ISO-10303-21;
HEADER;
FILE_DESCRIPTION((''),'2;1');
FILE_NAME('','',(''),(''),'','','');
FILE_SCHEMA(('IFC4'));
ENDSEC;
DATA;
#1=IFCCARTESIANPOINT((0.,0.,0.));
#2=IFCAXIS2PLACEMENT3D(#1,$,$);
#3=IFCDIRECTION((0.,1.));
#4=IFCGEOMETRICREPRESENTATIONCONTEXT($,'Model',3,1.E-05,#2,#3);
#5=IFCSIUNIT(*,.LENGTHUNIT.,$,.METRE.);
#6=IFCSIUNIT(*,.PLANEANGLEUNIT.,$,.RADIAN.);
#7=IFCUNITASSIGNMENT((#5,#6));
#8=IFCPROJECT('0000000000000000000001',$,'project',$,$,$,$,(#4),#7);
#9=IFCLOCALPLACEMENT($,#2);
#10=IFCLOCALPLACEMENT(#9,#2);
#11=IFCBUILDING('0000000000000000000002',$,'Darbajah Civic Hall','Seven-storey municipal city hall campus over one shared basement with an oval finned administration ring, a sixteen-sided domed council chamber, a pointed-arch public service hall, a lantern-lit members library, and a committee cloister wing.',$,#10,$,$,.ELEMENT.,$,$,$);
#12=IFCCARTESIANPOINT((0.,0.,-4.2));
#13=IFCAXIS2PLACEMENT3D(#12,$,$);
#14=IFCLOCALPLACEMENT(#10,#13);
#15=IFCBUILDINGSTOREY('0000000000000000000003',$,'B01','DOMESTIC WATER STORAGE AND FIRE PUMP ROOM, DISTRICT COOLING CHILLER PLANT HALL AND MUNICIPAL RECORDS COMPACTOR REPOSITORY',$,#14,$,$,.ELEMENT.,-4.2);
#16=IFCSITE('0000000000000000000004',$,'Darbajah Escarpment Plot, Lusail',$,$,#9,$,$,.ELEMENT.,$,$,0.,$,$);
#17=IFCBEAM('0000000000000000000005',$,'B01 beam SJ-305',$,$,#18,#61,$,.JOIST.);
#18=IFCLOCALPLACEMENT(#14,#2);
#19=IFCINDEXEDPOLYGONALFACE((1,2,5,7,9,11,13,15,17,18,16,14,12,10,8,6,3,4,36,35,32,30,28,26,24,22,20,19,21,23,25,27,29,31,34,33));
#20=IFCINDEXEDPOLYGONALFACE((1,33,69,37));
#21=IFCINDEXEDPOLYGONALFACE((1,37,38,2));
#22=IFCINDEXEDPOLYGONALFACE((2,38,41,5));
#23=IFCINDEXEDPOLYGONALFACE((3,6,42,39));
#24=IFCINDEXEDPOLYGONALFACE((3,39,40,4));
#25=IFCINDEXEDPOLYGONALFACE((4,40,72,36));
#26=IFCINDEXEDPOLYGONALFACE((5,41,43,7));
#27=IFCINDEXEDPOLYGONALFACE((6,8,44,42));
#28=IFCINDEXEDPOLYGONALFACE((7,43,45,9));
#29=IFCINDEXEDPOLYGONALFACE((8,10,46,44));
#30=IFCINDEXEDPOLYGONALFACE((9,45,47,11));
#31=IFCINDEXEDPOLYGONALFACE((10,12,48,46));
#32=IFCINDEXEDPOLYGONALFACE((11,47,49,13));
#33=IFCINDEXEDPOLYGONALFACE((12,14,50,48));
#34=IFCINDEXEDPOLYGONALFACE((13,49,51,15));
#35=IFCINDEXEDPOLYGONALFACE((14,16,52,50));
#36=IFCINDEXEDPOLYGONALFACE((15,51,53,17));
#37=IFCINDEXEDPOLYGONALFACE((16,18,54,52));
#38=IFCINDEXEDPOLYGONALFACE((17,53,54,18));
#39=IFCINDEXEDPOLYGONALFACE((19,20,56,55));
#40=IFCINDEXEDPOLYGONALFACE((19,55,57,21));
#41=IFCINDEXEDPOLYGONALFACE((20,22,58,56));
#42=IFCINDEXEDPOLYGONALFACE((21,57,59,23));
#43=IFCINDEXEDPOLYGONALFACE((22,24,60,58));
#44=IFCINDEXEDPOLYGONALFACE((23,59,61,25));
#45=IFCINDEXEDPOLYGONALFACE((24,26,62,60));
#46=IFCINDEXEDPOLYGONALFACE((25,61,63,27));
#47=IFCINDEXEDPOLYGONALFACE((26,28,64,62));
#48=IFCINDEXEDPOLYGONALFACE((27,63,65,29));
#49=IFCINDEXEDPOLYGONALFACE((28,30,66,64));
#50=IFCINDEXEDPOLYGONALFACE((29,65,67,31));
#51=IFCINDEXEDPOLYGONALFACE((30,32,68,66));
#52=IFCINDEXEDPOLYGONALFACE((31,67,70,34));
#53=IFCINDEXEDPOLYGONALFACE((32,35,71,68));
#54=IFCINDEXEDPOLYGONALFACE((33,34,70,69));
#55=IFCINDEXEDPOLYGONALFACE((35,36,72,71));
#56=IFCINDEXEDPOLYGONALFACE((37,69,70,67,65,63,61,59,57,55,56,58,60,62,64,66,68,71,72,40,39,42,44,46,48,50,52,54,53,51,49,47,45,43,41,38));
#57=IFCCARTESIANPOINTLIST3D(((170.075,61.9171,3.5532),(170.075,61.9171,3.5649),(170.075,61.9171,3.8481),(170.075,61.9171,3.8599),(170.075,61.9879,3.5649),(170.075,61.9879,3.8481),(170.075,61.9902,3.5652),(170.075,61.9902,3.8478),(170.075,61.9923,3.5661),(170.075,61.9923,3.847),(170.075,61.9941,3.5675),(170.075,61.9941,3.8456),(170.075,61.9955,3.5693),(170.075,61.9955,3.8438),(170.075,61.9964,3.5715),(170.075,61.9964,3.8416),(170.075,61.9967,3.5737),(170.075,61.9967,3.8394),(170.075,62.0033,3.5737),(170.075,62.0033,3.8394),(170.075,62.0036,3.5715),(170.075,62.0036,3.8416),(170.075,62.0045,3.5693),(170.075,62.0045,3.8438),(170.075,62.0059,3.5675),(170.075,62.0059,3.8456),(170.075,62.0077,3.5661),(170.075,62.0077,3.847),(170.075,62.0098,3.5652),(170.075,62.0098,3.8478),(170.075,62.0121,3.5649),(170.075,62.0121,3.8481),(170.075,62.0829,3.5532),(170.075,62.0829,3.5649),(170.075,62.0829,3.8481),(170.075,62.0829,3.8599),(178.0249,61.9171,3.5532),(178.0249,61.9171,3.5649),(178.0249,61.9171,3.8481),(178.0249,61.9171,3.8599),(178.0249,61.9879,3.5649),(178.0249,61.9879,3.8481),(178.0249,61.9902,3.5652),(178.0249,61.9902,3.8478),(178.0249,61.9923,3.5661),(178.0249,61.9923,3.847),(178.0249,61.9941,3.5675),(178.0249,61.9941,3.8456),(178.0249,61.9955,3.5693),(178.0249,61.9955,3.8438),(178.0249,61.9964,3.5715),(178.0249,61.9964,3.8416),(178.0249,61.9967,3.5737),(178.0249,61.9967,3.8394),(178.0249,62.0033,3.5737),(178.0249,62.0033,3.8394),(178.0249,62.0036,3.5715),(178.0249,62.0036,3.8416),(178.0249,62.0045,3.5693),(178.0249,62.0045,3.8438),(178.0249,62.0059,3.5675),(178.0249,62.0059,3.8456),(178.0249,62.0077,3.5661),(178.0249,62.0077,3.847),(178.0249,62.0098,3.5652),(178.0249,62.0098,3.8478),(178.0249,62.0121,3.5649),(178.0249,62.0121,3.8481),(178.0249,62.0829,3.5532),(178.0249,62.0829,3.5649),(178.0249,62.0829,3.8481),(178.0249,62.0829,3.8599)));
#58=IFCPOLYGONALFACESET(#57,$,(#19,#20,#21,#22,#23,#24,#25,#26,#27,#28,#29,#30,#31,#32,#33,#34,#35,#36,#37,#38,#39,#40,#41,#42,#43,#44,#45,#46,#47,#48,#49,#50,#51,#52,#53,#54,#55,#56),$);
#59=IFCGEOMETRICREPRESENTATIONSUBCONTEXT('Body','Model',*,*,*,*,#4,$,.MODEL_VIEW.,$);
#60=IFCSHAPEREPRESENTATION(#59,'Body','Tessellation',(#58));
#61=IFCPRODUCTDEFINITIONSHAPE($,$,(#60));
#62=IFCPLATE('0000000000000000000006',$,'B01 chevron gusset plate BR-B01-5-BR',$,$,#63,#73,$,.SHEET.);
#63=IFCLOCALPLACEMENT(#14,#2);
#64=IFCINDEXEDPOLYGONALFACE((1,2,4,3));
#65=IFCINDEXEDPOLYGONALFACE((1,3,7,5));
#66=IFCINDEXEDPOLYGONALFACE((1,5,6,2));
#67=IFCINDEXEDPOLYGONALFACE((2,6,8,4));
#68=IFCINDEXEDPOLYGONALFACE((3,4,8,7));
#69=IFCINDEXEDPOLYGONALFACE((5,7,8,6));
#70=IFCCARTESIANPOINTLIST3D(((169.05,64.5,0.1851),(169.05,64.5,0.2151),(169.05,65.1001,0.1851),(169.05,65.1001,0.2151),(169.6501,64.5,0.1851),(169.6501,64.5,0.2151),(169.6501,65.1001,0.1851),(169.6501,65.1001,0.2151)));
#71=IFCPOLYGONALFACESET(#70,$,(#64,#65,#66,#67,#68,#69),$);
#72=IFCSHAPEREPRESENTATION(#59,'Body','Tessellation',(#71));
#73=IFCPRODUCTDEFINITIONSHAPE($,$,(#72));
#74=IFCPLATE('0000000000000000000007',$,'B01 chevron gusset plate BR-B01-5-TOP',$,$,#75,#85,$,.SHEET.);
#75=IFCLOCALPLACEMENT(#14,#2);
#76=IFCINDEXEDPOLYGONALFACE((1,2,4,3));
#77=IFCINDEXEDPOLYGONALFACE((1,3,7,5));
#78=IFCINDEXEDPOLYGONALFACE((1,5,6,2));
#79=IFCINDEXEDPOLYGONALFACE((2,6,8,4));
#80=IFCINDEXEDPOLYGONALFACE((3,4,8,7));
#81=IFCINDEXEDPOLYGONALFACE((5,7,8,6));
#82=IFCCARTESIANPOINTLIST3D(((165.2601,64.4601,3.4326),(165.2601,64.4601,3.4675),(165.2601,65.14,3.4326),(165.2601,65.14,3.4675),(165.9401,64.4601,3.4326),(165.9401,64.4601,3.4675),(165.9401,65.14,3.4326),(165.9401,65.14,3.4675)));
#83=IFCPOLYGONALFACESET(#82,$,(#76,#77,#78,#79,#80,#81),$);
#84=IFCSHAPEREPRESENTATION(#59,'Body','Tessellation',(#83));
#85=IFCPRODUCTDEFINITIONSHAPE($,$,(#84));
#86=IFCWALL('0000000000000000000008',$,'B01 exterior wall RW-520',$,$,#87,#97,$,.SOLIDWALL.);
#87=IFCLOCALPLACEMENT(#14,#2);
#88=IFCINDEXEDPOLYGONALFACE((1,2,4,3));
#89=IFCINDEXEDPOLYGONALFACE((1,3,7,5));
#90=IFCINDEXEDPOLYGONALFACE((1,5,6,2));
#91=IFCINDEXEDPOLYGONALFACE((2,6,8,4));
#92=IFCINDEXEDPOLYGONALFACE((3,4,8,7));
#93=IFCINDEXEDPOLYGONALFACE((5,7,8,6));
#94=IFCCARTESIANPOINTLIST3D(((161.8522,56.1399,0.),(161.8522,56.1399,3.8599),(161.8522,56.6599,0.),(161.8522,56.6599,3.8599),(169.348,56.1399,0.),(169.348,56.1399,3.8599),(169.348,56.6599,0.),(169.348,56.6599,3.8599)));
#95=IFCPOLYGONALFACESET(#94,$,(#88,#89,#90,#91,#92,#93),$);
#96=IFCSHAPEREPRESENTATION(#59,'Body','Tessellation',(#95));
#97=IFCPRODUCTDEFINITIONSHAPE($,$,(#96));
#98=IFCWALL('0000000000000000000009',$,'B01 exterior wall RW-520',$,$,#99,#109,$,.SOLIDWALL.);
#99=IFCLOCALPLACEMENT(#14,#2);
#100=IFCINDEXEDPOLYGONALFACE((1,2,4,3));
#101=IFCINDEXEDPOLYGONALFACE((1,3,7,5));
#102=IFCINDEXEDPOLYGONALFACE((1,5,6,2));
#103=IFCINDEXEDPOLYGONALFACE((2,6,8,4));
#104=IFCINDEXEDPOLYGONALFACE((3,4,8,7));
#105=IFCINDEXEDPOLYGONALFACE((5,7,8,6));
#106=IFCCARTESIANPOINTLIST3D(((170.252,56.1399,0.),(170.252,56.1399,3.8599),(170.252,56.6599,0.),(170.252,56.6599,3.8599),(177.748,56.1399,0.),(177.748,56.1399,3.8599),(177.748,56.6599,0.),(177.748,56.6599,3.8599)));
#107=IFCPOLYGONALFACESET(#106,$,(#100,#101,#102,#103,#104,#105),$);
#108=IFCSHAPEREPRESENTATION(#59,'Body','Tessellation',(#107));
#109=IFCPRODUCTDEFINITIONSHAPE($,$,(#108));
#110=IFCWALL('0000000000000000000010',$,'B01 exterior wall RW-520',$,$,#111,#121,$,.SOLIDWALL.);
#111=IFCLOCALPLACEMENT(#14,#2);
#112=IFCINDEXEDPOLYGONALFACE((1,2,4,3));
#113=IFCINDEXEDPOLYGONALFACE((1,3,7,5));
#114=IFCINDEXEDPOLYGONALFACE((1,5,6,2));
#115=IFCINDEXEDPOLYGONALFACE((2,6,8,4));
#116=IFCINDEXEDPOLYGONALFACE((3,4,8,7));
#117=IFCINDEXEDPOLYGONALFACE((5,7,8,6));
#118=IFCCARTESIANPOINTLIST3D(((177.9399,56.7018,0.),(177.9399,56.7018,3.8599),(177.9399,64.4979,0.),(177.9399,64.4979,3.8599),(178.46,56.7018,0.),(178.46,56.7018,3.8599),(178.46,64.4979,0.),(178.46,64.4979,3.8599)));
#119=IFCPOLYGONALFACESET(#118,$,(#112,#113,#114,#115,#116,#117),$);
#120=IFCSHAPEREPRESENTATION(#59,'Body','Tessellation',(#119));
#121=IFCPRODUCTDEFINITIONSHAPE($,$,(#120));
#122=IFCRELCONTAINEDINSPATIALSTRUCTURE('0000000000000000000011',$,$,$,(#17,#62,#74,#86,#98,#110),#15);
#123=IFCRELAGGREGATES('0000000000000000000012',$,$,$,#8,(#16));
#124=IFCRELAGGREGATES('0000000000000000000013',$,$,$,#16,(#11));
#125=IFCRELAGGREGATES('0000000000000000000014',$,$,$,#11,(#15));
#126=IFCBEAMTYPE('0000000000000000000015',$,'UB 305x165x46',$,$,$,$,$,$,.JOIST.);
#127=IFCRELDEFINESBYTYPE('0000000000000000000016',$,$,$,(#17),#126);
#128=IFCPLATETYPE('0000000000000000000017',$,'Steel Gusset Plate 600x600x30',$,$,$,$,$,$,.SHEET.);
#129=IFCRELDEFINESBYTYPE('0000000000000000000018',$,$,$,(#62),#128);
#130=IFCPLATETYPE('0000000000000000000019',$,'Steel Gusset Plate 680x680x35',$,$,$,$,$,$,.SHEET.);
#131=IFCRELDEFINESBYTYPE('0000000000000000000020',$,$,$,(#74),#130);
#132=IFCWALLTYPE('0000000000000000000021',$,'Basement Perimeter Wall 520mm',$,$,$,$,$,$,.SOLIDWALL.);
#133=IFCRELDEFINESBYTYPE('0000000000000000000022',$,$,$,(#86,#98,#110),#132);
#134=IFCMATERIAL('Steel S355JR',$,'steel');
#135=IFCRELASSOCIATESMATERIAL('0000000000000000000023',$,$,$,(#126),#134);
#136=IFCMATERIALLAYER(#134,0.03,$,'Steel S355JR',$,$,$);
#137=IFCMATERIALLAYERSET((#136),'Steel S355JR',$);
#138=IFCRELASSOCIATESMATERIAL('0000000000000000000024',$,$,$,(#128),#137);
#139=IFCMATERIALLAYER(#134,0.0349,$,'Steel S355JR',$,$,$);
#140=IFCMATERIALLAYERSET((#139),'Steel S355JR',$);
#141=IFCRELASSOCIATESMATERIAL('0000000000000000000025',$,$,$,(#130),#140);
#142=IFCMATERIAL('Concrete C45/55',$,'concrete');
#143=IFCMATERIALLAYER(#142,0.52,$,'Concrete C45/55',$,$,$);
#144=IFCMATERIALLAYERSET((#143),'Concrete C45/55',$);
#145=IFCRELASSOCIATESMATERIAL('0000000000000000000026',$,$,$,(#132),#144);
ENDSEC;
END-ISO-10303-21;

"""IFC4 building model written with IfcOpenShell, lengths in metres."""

from ifc_helpers import new_model, si_unit, direction, frame, frame_2d, origin, origin_2d, place, context, subcontext, project, spatial, rectangle, i_section, extrude, material, layer, layer_set, material_profile, profile_set, type_object, element, save


model = new_model("IFC4")

# Units and contexts
model_context = context("Model", 3, precision=1e-05, world=origin(), true_north=direction((0.0, 1.0)))
body_context = subcontext(model_context, "Body", "Model", "MODEL_VIEW")
ifc_project = project(units=[si_unit("LENGTHUNIT", "METRE"), si_unit("PLANEANGLEUNIT", "RADIAN")], contexts=[model_context])

# Site, building, storey
site_placement = place(None, origin())
site = spatial("IfcSite", under=ifc_project, at=site_placement, Name="Darbajah Escarpment Plot, Lusail", CompositionType="ELEMENT", RefElevation=0.0)
building_placement = place(site_placement, origin())
building = spatial("IfcBuilding", under=site, at=building_placement, Name="Darbajah Civic Hall", Description="Seven-storey municipal city hall campus over one shared basement with an oval finned administration ring, a sixteen-sided domed council chamber, a pointed-arch public service hall, a lantern-lit members library, and a committee cloister wing.", CompositionType="ELEMENT")
storey_placement = place(building_placement, frame((0.0, 0.0, -4.2)))
storey = spatial("IfcBuildingStorey", under=building, at=storey_placement, Name="B01", Description="DOMESTIC WATER STORAGE AND FIRE PUMP ROOM, DISTRICT COOLING CHILLER PLANT HALL AND MUNICIPAL RECORDS COMPACTOR REPOSITORY", CompositionType="ELEMENT", Elevation=-4.2)

# Shared definitions
ifc_material_1 = material(Name="Concrete C45/55", Category="concrete")

# Shared definitions
ifc_material_2 = material(Name="Steel S355JR", Category="steel")

# Beam
ifc_material_profile_1 = material_profile(ifc_material_2, i_section(OverallWidth=0.1658, OverallDepth=0.3066, WebThickness=0.0066, FlangeThickness=0.0117, FilletRadius=0.0088, at=origin_2d()), Name="UB 305x165x46")
ifc_profile_set_1 = profile_set([ifc_material_profile_1], Name="Steel S355JR")
beam_type_1 = type_object("IfcBeamType", Name="UB 305x165x46", PredefinedType="JOIST", material=ifc_profile_set_1)
for number, where, z_axis, x_axis, name in (
    (1, (170.075, 62.0, 3.7065), (1.0, 0.0, 0.0), (0.0, 1.0, 0.0), "B01 beam SJ-305"),
):
    element("IfcBeam", number, at=place(storey_placement, frame(where, z_axis=z_axis, x_axis=x_axis)), inside=storey, type_object=beam_type_1, Name=name, PredefinedType="JOIST", context=body_context, shape_type="SweptSolid", body=[
        extrude(i_section(OverallWidth=0.1658, OverallDepth=0.3066, WebThickness=0.0066, FlangeThickness=0.0117, FilletRadius=0.0088, at=origin_2d()), origin(), (0.0, 0.0, 1.0), 7.95),
    ])

# Plates
ifc_layer_1 = layer(ifc_material_2, 0.03, Name="Steel S355JR")
ifc_layer_set_1 = layer_set([ifc_layer_1], Name="Steel S355JR")
plate_type_1 = type_object("IfcPlateType", Name="Steel Gusset Plate 600x600x30", PredefinedType="SHEET", material=ifc_layer_set_1)
plate_1_placement = place(storey_placement, frame((169.3501, 64.8, 0.1851), z_axis=(0.0, 0.0, 1.0), x_axis=(1.0, 0.0, 0.0)))
element("IfcPlate", 2, at=plate_1_placement, inside=storey, type_object=plate_type_1, Name="B01 chevron gusset plate BR-B01-5-BR", PredefinedType="SHEET", context=body_context, shape_type="SweptSolid", body=[
    extrude(rectangle(XDim=0.6001, YDim=0.6001, at=origin_2d()), origin(), (0.0, 0.0, 1.0), 0.03),
])
ifc_layer_2 = layer(ifc_material_2, 0.0349, Name="Steel S355JR")
ifc_layer_set_2 = layer_set([ifc_layer_2], Name="Steel S355JR")
plate_type_2 = type_object("IfcPlateType", Name="Steel Gusset Plate 680x680x35", PredefinedType="SHEET", material=ifc_layer_set_2)
plate_2_placement = place(storey_placement, frame((165.6001, 64.8, 3.4326), z_axis=(0.0, 0.0, 1.0), x_axis=(1.0, 0.0, 0.0)))
element("IfcPlate", 3, at=plate_2_placement, inside=storey, type_object=plate_type_2, Name="B01 chevron gusset plate BR-B01-5-TOP", PredefinedType="SHEET", context=body_context, shape_type="SweptSolid", body=[
    extrude(rectangle(XDim=0.6799, YDim=0.6799, at=origin_2d()), origin(), (0.0, 0.0, 1.0), 0.0349),
])

# Walls
ifc_layer_3 = layer(ifc_material_1, 0.52, Name="Concrete C45/55")
ifc_layer_set_3 = layer_set([ifc_layer_3], Name="Concrete C45/55")
wall_type = type_object("IfcWallType", Name="Basement Perimeter Wall 520mm", PredefinedType="SOLIDWALL", material=ifc_layer_set_3)
wall_1_placement = place(storey_placement, frame((161.8521, 56.3999, 0.0), z_axis=(0.0, 0.0, 1.0), x_axis=(1.0, 0.0, 0.0)))
element("IfcWall", 4, at=wall_1_placement, inside=storey, type_object=wall_type, Name="B01 exterior wall RW-520", PredefinedType="SOLIDWALL", context=body_context, shape_type="SweptSolid", body=[
    extrude(rectangle(XDim=7.4958, YDim=0.52, at=frame_2d((3.748, 0.0))), origin(), (0.0, 0.0, 1.0), 3.8599),
])
wall_2_placement = place(storey_placement, frame((170.252, 56.3999, 0.0), z_axis=(0.0, 0.0, 1.0), x_axis=(1.0, 0.0, 0.0)))
element("IfcWall", 5, at=wall_2_placement, inside=storey, type_object=wall_type, Name="B01 exterior wall RW-520", PredefinedType="SOLIDWALL", context=body_context, shape_type="SweptSolid", body=[
    extrude(rectangle(XDim=7.4961, YDim=0.52, at=frame_2d((3.748, 0.0))), origin(), (0.0, 0.0, 1.0), 3.8599),
])
wall_3_placement = place(storey_placement, frame((178.2, 56.7019, 0.0), z_axis=(0.0, 0.0, 1.0), x_axis=(0.0, 1.0, 0.0)))
element("IfcWall", 6, at=wall_3_placement, inside=storey, type_object=wall_type, Name="B01 exterior wall RW-520", PredefinedType="SOLIDWALL", context=body_context, shape_type="SweptSolid", body=[
    extrude(rectangle(XDim=7.7961, YDim=0.52, at=frame_2d((3.8979, 0.0))), origin(), (0.0, 0.0, 1.0), 3.8599),
])

save(model, "model.ifc")
